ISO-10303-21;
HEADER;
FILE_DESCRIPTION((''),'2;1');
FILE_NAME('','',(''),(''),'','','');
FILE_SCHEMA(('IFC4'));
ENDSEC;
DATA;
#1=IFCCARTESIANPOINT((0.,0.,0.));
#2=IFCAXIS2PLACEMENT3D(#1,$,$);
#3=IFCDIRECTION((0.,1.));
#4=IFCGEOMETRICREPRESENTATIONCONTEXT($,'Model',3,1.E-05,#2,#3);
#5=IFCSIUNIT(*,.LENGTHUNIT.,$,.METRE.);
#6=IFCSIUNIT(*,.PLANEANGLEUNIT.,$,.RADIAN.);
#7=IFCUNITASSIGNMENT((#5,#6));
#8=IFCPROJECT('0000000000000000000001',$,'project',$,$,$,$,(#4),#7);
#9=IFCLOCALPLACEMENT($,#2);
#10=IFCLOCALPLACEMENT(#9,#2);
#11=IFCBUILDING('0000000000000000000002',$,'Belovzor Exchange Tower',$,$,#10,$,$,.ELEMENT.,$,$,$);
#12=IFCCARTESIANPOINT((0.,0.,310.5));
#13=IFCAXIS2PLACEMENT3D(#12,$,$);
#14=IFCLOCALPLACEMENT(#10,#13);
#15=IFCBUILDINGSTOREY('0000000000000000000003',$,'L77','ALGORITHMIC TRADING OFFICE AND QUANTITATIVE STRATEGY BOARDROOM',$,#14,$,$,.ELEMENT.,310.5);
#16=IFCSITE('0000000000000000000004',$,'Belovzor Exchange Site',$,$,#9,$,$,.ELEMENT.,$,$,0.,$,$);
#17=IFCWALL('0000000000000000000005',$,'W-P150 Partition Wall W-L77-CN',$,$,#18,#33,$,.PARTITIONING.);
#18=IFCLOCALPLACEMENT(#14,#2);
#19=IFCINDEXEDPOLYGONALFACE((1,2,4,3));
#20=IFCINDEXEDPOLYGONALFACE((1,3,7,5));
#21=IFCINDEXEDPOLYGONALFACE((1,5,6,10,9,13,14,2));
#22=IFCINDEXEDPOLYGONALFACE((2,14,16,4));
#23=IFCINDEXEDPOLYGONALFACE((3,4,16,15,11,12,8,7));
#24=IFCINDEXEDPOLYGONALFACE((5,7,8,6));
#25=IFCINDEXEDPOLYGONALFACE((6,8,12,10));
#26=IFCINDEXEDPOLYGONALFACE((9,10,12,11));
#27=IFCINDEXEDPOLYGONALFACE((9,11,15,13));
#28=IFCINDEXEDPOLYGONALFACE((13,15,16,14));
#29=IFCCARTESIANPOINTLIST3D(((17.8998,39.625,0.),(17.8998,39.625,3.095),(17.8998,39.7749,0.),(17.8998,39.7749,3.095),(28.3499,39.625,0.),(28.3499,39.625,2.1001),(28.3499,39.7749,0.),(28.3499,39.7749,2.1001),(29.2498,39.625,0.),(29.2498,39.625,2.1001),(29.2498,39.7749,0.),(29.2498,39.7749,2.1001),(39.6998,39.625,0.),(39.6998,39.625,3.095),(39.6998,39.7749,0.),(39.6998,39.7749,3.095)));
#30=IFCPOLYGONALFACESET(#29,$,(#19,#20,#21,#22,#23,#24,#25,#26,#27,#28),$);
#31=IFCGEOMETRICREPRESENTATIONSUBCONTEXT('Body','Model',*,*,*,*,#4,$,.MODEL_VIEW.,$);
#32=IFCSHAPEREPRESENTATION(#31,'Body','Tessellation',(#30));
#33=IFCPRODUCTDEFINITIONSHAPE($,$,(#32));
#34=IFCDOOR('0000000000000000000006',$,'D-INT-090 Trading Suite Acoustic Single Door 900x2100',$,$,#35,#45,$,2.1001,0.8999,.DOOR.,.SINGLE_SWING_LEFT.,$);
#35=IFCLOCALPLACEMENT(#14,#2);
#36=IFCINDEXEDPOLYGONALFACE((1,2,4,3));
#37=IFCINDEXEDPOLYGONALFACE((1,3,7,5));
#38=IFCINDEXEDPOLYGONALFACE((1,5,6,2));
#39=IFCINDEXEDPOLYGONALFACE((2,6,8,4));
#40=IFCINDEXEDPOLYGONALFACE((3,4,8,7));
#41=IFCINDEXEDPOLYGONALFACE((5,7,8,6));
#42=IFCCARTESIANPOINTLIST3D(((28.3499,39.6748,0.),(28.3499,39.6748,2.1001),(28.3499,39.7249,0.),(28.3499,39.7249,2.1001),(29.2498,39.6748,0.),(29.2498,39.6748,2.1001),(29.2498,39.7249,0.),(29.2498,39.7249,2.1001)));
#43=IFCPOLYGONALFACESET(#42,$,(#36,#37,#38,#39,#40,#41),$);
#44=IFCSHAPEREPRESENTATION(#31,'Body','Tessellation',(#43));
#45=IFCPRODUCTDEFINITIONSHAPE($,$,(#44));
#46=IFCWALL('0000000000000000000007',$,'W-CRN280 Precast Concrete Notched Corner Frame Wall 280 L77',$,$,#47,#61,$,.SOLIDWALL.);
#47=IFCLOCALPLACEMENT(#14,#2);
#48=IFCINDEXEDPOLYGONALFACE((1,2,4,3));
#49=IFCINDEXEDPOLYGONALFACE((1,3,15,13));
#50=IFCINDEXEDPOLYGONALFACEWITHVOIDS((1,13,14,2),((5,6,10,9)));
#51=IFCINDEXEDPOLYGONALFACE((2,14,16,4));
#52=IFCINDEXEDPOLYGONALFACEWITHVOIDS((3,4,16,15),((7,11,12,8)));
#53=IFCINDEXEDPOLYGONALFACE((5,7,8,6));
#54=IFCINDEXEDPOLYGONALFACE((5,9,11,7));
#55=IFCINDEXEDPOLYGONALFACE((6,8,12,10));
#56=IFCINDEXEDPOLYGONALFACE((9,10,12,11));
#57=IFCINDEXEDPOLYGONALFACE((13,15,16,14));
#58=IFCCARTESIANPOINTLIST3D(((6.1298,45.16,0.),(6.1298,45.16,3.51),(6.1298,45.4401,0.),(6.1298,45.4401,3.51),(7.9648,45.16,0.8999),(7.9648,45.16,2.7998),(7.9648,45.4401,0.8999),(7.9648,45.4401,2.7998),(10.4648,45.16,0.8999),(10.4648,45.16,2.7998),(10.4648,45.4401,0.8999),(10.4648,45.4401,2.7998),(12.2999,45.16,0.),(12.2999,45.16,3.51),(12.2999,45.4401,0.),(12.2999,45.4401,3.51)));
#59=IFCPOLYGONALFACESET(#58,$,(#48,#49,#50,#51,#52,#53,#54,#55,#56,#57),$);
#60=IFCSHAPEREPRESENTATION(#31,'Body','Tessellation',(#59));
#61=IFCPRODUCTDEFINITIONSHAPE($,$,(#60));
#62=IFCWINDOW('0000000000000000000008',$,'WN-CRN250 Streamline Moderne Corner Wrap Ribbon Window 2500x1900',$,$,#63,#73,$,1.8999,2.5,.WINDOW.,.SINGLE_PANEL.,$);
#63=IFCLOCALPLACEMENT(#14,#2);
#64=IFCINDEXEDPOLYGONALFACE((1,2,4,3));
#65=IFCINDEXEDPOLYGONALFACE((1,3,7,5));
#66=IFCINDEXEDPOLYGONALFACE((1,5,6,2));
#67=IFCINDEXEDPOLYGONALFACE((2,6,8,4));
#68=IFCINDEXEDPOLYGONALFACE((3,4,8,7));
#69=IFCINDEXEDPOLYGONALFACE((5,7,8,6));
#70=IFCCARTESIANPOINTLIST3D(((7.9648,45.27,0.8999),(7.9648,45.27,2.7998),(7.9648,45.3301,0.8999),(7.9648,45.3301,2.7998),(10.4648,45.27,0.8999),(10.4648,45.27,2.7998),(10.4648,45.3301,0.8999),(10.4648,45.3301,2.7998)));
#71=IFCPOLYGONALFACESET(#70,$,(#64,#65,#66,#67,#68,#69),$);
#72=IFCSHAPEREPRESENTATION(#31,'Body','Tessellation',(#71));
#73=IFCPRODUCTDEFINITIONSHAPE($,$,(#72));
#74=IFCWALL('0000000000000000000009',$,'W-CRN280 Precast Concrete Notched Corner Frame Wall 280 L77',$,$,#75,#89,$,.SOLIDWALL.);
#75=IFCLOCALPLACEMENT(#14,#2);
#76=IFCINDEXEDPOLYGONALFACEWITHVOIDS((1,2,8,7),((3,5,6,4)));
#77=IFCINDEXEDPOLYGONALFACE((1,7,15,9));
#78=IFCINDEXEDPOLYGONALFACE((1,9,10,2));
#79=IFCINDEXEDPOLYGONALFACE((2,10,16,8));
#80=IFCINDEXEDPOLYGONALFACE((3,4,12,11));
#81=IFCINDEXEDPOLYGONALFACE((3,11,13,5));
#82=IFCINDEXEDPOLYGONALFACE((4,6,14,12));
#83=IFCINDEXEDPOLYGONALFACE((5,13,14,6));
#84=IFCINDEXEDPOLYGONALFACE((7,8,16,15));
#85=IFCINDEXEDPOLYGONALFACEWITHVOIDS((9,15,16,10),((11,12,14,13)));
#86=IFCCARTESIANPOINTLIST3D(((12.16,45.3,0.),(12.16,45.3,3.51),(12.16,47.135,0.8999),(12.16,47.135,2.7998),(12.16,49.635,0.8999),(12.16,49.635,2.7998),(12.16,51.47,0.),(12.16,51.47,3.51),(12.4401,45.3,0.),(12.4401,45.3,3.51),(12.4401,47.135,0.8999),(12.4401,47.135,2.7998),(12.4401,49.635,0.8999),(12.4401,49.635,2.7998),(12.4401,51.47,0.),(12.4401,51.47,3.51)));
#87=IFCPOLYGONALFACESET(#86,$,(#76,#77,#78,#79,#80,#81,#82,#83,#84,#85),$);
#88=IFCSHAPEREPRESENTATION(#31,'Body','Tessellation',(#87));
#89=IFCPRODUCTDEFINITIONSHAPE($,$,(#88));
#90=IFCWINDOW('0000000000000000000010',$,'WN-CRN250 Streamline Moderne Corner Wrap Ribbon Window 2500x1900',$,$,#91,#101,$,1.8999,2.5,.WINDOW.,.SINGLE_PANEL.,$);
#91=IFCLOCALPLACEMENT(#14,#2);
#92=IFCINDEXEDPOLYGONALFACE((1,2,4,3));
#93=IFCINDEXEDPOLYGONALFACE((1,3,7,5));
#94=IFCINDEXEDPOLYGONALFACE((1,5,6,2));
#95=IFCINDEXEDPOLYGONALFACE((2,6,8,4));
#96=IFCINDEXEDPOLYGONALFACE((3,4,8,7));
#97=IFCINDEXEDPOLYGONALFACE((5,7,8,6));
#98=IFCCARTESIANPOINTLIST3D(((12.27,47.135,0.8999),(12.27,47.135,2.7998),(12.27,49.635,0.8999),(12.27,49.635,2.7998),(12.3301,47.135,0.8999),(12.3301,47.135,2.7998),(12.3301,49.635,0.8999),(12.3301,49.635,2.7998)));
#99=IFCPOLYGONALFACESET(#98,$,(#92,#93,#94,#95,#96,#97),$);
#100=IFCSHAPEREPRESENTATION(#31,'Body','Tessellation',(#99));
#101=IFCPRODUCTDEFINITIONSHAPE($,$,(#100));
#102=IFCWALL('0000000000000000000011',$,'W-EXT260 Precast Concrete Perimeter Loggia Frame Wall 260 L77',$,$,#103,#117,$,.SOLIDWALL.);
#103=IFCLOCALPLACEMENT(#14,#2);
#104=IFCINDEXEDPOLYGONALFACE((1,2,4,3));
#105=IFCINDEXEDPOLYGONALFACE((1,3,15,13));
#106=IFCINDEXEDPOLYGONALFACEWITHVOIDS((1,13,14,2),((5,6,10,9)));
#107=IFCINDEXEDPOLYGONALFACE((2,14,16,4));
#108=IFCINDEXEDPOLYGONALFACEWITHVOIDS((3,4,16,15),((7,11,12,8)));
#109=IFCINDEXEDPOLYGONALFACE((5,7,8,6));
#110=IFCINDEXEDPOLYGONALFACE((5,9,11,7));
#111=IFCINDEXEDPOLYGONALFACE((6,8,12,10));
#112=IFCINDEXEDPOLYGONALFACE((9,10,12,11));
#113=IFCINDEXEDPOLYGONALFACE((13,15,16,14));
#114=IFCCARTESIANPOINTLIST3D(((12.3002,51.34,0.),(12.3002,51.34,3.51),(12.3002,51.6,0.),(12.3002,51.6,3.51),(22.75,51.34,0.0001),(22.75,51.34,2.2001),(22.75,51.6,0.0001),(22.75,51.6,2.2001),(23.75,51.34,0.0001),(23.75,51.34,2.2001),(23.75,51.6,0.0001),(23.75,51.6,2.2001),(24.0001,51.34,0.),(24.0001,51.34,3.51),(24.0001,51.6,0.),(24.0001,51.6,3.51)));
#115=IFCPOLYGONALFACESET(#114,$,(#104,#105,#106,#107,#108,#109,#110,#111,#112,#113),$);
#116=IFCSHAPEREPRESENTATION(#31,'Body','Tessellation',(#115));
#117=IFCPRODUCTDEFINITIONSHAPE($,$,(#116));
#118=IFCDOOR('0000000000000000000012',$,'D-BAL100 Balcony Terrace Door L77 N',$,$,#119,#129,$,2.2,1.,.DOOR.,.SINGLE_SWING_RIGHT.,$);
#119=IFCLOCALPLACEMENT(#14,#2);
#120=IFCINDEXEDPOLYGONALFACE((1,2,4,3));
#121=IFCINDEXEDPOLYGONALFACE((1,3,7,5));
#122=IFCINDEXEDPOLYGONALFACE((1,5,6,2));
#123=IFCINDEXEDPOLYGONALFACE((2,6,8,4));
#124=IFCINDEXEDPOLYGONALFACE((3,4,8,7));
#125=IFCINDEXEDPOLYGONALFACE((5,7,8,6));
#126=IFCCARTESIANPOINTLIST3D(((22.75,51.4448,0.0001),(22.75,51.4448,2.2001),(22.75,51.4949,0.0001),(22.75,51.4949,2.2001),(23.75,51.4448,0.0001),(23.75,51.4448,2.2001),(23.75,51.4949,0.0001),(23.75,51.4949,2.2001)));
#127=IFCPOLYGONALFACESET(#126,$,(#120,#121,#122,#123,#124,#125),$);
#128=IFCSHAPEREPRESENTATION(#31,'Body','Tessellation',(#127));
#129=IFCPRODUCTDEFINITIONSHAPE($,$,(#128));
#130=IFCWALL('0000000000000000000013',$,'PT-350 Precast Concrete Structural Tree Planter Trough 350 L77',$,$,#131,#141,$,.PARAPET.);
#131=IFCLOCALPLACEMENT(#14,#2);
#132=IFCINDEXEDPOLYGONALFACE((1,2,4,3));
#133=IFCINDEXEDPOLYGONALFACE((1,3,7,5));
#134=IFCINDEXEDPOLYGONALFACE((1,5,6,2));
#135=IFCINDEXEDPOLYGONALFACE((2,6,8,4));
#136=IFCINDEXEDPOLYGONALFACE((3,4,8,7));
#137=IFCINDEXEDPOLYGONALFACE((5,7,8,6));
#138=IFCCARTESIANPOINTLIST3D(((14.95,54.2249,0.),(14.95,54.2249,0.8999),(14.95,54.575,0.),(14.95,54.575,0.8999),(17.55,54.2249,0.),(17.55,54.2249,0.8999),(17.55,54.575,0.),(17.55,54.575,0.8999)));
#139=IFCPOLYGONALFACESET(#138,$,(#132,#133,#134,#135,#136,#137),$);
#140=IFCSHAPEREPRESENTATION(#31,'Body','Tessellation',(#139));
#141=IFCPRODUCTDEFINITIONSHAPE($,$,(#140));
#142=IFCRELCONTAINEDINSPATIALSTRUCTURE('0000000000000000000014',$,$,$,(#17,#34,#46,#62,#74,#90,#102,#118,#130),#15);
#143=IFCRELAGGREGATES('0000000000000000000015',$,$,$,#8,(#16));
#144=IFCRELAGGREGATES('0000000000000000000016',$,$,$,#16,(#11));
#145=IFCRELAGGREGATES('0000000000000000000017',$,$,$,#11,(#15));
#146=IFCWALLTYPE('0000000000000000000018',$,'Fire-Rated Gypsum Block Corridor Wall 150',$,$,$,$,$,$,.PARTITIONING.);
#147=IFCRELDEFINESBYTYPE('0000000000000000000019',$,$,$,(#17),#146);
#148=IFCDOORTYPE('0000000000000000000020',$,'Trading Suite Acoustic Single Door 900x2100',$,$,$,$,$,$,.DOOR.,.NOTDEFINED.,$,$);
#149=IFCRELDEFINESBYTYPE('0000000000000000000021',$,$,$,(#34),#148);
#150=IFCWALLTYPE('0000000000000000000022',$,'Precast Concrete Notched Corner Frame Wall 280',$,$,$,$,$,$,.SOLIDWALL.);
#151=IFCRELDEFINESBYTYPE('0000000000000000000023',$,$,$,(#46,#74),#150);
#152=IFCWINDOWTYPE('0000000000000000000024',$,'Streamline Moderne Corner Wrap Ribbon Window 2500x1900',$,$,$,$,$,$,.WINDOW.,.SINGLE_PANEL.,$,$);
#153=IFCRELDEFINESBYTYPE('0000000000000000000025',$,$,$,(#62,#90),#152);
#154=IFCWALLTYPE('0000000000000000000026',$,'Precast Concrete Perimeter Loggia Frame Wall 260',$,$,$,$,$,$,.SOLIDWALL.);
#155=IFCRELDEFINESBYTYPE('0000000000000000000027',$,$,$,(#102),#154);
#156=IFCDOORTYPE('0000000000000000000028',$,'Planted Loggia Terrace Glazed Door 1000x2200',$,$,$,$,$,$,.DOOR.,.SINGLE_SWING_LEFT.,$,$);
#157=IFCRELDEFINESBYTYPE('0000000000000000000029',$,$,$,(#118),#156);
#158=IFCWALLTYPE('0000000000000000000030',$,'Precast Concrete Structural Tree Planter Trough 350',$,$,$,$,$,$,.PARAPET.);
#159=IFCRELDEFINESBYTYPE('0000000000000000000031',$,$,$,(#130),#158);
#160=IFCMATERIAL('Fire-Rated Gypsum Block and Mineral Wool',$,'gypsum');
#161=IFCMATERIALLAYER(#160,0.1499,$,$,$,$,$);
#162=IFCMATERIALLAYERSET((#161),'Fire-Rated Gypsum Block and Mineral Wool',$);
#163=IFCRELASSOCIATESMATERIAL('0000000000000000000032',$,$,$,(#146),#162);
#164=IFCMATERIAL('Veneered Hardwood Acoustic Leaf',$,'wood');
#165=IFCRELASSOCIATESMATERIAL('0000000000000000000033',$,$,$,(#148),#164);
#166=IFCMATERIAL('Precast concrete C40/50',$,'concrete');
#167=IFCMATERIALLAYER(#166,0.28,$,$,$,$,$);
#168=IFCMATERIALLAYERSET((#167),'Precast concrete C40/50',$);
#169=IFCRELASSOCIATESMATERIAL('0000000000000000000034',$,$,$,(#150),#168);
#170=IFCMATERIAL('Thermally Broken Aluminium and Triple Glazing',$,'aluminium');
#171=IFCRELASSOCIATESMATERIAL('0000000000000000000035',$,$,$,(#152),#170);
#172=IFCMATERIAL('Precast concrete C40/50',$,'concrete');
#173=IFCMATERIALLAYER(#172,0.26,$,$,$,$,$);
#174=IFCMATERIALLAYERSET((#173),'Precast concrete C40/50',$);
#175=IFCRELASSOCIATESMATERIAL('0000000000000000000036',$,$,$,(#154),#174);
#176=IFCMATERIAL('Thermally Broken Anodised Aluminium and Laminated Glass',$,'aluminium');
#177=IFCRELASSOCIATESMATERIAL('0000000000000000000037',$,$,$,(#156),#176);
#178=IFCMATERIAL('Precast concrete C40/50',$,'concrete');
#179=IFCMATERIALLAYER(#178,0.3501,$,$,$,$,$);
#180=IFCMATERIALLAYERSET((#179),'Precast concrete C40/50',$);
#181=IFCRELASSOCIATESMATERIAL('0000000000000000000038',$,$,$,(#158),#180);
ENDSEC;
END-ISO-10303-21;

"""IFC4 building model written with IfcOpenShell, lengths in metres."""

from ifc_helpers import new_model, si_unit, direction, frame, frame_2d, origin, place, context, subcontext, project, spatial, rectangle, extrude, material, layer, layer_set, type_object, element, fill, save


model = new_model("IFC4")

# Units and contexts
model_context = context("Model", 3, precision=1e-05, world=origin(), true_north=direction((0.0, 1.0)))
body_context = subcontext(model_context, "Body", "Model", "MODEL_VIEW")
ifc_project = project(units=[si_unit("LENGTHUNIT", "METRE"), si_unit("PLANEANGLEUNIT", "RADIAN")], contexts=[model_context])

# Site, building, storey
site_placement = place(None, origin())
site = spatial("IfcSite", under=ifc_project, at=site_placement, Name="Belovzor Exchange Site", CompositionType="ELEMENT", RefElevation=0.0)
building_placement = place(site_placement, origin())
building = spatial("IfcBuilding", under=site, at=building_placement, Name="Belovzor Exchange Tower", CompositionType="ELEMENT")
storey_placement = place(building_placement, frame((0.0, 0.0, 310.5)))
storey = spatial("IfcBuildingStorey", under=building, at=storey_placement, Name="L77", Description="ALGORITHMIC TRADING OFFICE AND QUANTITATIVE STRATEGY BOARDROOM", CompositionType="ELEMENT", Elevation=310.5)

# Wall, opening, door
ifc_material_1 = material(Name="Fire-Rated Gypsum Block and Mineral Wool", Category="gypsum")
ifc_layer_1 = layer(ifc_material_1, 0.1499)
ifc_layer_set_1 = layer_set([ifc_layer_1], Name="Fire-Rated Gypsum Block and Mineral Wool")
wall_type_1 = type_object("IfcWallType", Name="Fire-Rated Gypsum Block Corridor Wall 150", PredefinedType="PARTITIONING", material=ifc_layer_set_1)
wall_1_placement = place(storey_placement, frame((17.8999, 39.7, 0.0), z_axis=(0.0, 0.0, 1.0), x_axis=(1.0, 0.0, 0.0)))
wall_1 = element("IfcWall", 1, at=wall_1_placement, inside=storey, type_object=wall_type_1, Name="W-P150 Partition Wall W-L77-CN", PredefinedType="PARTITIONING", context=body_context, shape_type="SweptSolid", body=[
    extrude(rectangle(XDim=21.8, YDim=0.1499, at=frame_2d((10.8999, 0.0))), origin(), (0.0, 0.0, 1.0), 3.095),
])
opening_1_placement = place(wall_1_placement, frame((10.45, 0.0, 0.0)))
opening_1 = element("IfcOpeningElement", 2, at=opening_1_placement, cuts=wall_1, PredefinedType="OPENING", context=body_context, shape_type="SweptSolid", body=[
    extrude(rectangle(XDim=0.8999, YDim=2.1001, at=frame_2d((0.45, 1.05))), frame((0.0, 0.085, 0.0), z_axis=(0.0, -1.0, 0.0), x_axis=(1.0, 0.0, 0.0)), (0.0, 0.0, 1.0), 0.1699),
])
ifc_material_2 = material(Name="Veneered Hardwood Acoustic Leaf", Category="wood")
door_type_1 = type_object("IfcDoorType", Name="Trading Suite Acoustic Single Door 900x2100", OperationType="NOTDEFINED", PredefinedType="DOOR", material=ifc_material_2)
door_1_placement = place(opening_1_placement, origin())
door_1 = element("IfcDoor", 3, at=door_1_placement, inside=storey, type_object=door_type_1, Name="D-INT-090 Trading Suite Acoustic Single Door 900x2100", OperationType="SINGLE_SWING_LEFT", OverallHeight=2.1001, OverallWidth=0.8999, PredefinedType="DOOR", context=body_context, shape_type="SweptSolid", body=[
    extrude(rectangle(XDim=0.8999, YDim=2.1001, at=frame_2d((0.45, 1.05))), frame((0.0, 0.0249, 0.0), z_axis=(0.0, -1.0, 0.0), x_axis=(1.0, 0.0, 0.0)), (0.0, 0.0, 1.0), 0.05),
])
fill(opening_1, door_1)

# Walls, openings, windows
ifc_material_3 = material(Name="Precast concrete C40/50", Category="concrete")
ifc_layer_2 = layer(ifc_material_3, 0.28)
ifc_layer_set_2 = layer_set([ifc_layer_2], Name="Precast concrete C40/50")
wall_type_2 = type_object("IfcWallType", Name="Precast Concrete Notched Corner Frame Wall 280", PredefinedType="SOLIDWALL", material=ifc_layer_set_2)
wall_2_placement = place(storey_placement, frame((6.1299, 45.3, 0.0), z_axis=(0.0, 0.0, 1.0), x_axis=(1.0, 0.0, 0.0)))
wall_2 = element("IfcWall", 4, at=wall_2_placement, inside=storey, type_object=wall_type_2, Name="W-CRN280 Precast Concrete Notched Corner Frame Wall 280 L77", PredefinedType="SOLIDWALL", context=body_context, shape_type="SweptSolid", body=[
    extrude(rectangle(XDim=6.1702, YDim=0.28, at=frame_2d((3.085, 0.0))), origin(), (0.0, 0.0, 1.0), 3.51),
])
opening_2_placement = place(wall_2_placement, frame((1.835, 0.0, 0.8999)))
opening_2 = element("IfcOpeningElement", 5, at=opening_2_placement, cuts=wall_2, PredefinedType="OPENING", context=body_context, shape_type="SweptSolid", body=[
    extrude(rectangle(XDim=2.5, YDim=1.8999, at=frame_2d((1.25, 0.95))), frame((0.0, 0.1499, 0.0), z_axis=(0.0, -1.0, 0.0), x_axis=(1.0, 0.0, 0.0)), (0.0, 0.0, 1.0), 0.3),
])
ifc_material_4 = material(Name="Thermally Broken Aluminium and Triple Glazing", Category="aluminium")
window_type = type_object("IfcWindowType", Name="Streamline Moderne Corner Wrap Ribbon Window 2500x1900", PartitioningType="SINGLE_PANEL", PredefinedType="WINDOW", material=ifc_material_4)
window_1_placement = place(opening_2_placement, origin())
window_1 = element("IfcWindow", 6, at=window_1_placement, inside=storey, type_object=window_type, Name="WN-CRN250 Streamline Moderne Corner Wrap Ribbon Window 2500x1900", OverallHeight=1.8999, OverallWidth=2.5, PartitioningType="SINGLE_PANEL", PredefinedType="WINDOW", context=body_context, shape_type="SweptSolid", body=[
    extrude(rectangle(XDim=2.5, YDim=1.8999, at=frame_2d((1.25, 0.95))), frame((0.0, 0.03, 0.0), z_axis=(0.0, -1.0, 0.0), x_axis=(1.0, 0.0, 0.0)), (0.0, 0.0, 1.0), 0.0601),
])
fill(opening_2, window_1)
wall_3_placement = place(storey_placement, frame((12.3, 45.3, 0.0), z_axis=(0.0, 0.0, 1.0), x_axis=(0.0, 1.0, 0.0)))
wall_3 = element("IfcWall", 7, at=wall_3_placement, inside=storey, type_object=wall_type_2, Name="W-CRN280 Precast Concrete Notched Corner Frame Wall 280 L77", PredefinedType="SOLIDWALL", context=body_context, shape_type="SweptSolid", body=[
    extrude(rectangle(XDim=6.1699, YDim=0.28, at=frame_2d((3.085, 0.0))), origin(), (0.0, 0.0, 1.0), 3.51),
])
opening_3_placement = place(wall_3_placement, frame((1.835, 0.0, 0.8999)))
opening_3 = element("IfcOpeningElement", 8, at=opening_3_placement, cuts=wall_3, PredefinedType="OPENING", context=body_context, shape_type="SweptSolid", body=[
    extrude(rectangle(XDim=2.5, YDim=1.8999, at=frame_2d((1.25, 0.95))), frame((0.0, 0.1499, 0.0), z_axis=(0.0, -1.0, 0.0), x_axis=(1.0, 0.0, 0.0)), (0.0, 0.0, 1.0), 0.3),
])
window_2_placement = place(opening_3_placement, origin())
window_2 = element("IfcWindow", 9, at=window_2_placement, inside=storey, type_object=window_type, Name="WN-CRN250 Streamline Moderne Corner Wrap Ribbon Window 2500x1900", OverallHeight=1.8999, OverallWidth=2.5, PartitioningType="SINGLE_PANEL", PredefinedType="WINDOW", context=body_context, shape_type="SweptSolid", body=[
    extrude(rectangle(XDim=2.5, YDim=1.8999, at=frame_2d((1.25, 0.95))), frame((0.0, 0.03, 0.0), z_axis=(0.0, -1.0, 0.0), x_axis=(1.0, 0.0, 0.0)), (0.0, 0.0, 1.0), 0.0601),
])
fill(opening_3, window_2)

# Wall, opening, door
ifc_material_5 = material(Name="Precast concrete C40/50", Category="concrete")
ifc_layer_3 = layer(ifc_material_5, 0.26)
ifc_layer_set_3 = layer_set([ifc_layer_3], Name="Precast concrete C40/50")
wall_type_3 = type_object("IfcWallType", Name="Precast Concrete Perimeter Loggia Frame Wall 260", PredefinedType="SOLIDWALL", material=ifc_layer_set_3)
wall_4_placement = place(storey_placement, frame((12.3, 51.47, 0.0), z_axis=(0.0, 0.0, 1.0), x_axis=(1.0, 0.0, 0.0)))
wall_4 = element("IfcWall", 10, at=wall_4_placement, inside=storey, type_object=wall_type_3, Name="W-EXT260 Precast Concrete Perimeter Loggia Frame Wall 260 L77", PredefinedType="SOLIDWALL", context=body_context, shape_type="SweptSolid", body=[
    extrude(rectangle(XDim=11.7, YDim=0.26, at=frame_2d((5.8501, 0.0))), origin(), (0.0, 0.0, 1.0), 3.51),
])
opening_4_placement = place(wall_4_placement, frame((10.45, 0.0, 0.0)))
opening_4 = element("IfcOpeningElement", 11, at=opening_4_placement, cuts=wall_4, PredefinedType="OPENING", context=body_context, shape_type="SweptSolid", body=[
    extrude(rectangle(XDim=1.0, YDim=2.2, at=frame_2d((0.5, 1.1001))), frame((0.0, 0.1399, 0.0), z_axis=(0.0, -1.0, 0.0), x_axis=(1.0, 0.0, 0.0)), (0.0, 0.0, 1.0), 0.28),
])
ifc_material_6 = material(Name="Thermally Broken Anodised Aluminium and Laminated Glass", Category="aluminium")
door_type_2 = type_object("IfcDoorType", Name="Planted Loggia Terrace Glazed Door 1000x2200", OperationType="SINGLE_SWING_LEFT", PredefinedType="DOOR", material=ifc_material_6)
door_2_placement = place(opening_4_placement, origin())
door_2 = element("IfcDoor", 12, at=door_2_placement, inside=storey, type_object=door_type_2, Name="D-BAL100 Balcony Terrace Door L77 N", OperationType="SINGLE_SWING_RIGHT", OverallHeight=2.2, OverallWidth=1.0, PredefinedType="DOOR", context=body_context, shape_type="SweptSolid", body=[
    extrude(rectangle(XDim=1.0, YDim=2.2, at=frame_2d((0.5, 1.1001))), frame((0.0, 0.0249, 0.0), z_axis=(0.0, -1.0, 0.0), x_axis=(1.0, 0.0, 0.0)), (0.0, 0.0, 1.0), 0.05),
])
fill(opening_4, door_2)

# Wall
ifc_material_7 = material(Name="Precast concrete C40/50", Category="concrete")
ifc_layer_4 = layer(ifc_material_7, 0.3501)
ifc_layer_set_4 = layer_set([ifc_layer_4], Name="Precast concrete C40/50")
wall_type_4 = type_object("IfcWallType", Name="Precast Concrete Structural Tree Planter Trough 350", PredefinedType="PARAPET", material=ifc_layer_set_4)
wall_5_placement = place(storey_placement, frame((14.95, 54.3999, 0.0), z_axis=(0.0, 0.0, 1.0), x_axis=(1.0, 0.0, 0.0)))
element("IfcWall", 13, at=wall_5_placement, inside=storey, type_object=wall_type_4, Name="PT-350 Precast Concrete Structural Tree Planter Trough 350 L77", PredefinedType="PARAPET", context=body_context, shape_type="SweptSolid", body=[
    extrude(rectangle(XDim=2.6001, YDim=0.3501, at=frame_2d((1.3, 0.0))), origin(), (0.0, 0.0, 1.0), 0.8999),
])

save(model, "model.ifc")
